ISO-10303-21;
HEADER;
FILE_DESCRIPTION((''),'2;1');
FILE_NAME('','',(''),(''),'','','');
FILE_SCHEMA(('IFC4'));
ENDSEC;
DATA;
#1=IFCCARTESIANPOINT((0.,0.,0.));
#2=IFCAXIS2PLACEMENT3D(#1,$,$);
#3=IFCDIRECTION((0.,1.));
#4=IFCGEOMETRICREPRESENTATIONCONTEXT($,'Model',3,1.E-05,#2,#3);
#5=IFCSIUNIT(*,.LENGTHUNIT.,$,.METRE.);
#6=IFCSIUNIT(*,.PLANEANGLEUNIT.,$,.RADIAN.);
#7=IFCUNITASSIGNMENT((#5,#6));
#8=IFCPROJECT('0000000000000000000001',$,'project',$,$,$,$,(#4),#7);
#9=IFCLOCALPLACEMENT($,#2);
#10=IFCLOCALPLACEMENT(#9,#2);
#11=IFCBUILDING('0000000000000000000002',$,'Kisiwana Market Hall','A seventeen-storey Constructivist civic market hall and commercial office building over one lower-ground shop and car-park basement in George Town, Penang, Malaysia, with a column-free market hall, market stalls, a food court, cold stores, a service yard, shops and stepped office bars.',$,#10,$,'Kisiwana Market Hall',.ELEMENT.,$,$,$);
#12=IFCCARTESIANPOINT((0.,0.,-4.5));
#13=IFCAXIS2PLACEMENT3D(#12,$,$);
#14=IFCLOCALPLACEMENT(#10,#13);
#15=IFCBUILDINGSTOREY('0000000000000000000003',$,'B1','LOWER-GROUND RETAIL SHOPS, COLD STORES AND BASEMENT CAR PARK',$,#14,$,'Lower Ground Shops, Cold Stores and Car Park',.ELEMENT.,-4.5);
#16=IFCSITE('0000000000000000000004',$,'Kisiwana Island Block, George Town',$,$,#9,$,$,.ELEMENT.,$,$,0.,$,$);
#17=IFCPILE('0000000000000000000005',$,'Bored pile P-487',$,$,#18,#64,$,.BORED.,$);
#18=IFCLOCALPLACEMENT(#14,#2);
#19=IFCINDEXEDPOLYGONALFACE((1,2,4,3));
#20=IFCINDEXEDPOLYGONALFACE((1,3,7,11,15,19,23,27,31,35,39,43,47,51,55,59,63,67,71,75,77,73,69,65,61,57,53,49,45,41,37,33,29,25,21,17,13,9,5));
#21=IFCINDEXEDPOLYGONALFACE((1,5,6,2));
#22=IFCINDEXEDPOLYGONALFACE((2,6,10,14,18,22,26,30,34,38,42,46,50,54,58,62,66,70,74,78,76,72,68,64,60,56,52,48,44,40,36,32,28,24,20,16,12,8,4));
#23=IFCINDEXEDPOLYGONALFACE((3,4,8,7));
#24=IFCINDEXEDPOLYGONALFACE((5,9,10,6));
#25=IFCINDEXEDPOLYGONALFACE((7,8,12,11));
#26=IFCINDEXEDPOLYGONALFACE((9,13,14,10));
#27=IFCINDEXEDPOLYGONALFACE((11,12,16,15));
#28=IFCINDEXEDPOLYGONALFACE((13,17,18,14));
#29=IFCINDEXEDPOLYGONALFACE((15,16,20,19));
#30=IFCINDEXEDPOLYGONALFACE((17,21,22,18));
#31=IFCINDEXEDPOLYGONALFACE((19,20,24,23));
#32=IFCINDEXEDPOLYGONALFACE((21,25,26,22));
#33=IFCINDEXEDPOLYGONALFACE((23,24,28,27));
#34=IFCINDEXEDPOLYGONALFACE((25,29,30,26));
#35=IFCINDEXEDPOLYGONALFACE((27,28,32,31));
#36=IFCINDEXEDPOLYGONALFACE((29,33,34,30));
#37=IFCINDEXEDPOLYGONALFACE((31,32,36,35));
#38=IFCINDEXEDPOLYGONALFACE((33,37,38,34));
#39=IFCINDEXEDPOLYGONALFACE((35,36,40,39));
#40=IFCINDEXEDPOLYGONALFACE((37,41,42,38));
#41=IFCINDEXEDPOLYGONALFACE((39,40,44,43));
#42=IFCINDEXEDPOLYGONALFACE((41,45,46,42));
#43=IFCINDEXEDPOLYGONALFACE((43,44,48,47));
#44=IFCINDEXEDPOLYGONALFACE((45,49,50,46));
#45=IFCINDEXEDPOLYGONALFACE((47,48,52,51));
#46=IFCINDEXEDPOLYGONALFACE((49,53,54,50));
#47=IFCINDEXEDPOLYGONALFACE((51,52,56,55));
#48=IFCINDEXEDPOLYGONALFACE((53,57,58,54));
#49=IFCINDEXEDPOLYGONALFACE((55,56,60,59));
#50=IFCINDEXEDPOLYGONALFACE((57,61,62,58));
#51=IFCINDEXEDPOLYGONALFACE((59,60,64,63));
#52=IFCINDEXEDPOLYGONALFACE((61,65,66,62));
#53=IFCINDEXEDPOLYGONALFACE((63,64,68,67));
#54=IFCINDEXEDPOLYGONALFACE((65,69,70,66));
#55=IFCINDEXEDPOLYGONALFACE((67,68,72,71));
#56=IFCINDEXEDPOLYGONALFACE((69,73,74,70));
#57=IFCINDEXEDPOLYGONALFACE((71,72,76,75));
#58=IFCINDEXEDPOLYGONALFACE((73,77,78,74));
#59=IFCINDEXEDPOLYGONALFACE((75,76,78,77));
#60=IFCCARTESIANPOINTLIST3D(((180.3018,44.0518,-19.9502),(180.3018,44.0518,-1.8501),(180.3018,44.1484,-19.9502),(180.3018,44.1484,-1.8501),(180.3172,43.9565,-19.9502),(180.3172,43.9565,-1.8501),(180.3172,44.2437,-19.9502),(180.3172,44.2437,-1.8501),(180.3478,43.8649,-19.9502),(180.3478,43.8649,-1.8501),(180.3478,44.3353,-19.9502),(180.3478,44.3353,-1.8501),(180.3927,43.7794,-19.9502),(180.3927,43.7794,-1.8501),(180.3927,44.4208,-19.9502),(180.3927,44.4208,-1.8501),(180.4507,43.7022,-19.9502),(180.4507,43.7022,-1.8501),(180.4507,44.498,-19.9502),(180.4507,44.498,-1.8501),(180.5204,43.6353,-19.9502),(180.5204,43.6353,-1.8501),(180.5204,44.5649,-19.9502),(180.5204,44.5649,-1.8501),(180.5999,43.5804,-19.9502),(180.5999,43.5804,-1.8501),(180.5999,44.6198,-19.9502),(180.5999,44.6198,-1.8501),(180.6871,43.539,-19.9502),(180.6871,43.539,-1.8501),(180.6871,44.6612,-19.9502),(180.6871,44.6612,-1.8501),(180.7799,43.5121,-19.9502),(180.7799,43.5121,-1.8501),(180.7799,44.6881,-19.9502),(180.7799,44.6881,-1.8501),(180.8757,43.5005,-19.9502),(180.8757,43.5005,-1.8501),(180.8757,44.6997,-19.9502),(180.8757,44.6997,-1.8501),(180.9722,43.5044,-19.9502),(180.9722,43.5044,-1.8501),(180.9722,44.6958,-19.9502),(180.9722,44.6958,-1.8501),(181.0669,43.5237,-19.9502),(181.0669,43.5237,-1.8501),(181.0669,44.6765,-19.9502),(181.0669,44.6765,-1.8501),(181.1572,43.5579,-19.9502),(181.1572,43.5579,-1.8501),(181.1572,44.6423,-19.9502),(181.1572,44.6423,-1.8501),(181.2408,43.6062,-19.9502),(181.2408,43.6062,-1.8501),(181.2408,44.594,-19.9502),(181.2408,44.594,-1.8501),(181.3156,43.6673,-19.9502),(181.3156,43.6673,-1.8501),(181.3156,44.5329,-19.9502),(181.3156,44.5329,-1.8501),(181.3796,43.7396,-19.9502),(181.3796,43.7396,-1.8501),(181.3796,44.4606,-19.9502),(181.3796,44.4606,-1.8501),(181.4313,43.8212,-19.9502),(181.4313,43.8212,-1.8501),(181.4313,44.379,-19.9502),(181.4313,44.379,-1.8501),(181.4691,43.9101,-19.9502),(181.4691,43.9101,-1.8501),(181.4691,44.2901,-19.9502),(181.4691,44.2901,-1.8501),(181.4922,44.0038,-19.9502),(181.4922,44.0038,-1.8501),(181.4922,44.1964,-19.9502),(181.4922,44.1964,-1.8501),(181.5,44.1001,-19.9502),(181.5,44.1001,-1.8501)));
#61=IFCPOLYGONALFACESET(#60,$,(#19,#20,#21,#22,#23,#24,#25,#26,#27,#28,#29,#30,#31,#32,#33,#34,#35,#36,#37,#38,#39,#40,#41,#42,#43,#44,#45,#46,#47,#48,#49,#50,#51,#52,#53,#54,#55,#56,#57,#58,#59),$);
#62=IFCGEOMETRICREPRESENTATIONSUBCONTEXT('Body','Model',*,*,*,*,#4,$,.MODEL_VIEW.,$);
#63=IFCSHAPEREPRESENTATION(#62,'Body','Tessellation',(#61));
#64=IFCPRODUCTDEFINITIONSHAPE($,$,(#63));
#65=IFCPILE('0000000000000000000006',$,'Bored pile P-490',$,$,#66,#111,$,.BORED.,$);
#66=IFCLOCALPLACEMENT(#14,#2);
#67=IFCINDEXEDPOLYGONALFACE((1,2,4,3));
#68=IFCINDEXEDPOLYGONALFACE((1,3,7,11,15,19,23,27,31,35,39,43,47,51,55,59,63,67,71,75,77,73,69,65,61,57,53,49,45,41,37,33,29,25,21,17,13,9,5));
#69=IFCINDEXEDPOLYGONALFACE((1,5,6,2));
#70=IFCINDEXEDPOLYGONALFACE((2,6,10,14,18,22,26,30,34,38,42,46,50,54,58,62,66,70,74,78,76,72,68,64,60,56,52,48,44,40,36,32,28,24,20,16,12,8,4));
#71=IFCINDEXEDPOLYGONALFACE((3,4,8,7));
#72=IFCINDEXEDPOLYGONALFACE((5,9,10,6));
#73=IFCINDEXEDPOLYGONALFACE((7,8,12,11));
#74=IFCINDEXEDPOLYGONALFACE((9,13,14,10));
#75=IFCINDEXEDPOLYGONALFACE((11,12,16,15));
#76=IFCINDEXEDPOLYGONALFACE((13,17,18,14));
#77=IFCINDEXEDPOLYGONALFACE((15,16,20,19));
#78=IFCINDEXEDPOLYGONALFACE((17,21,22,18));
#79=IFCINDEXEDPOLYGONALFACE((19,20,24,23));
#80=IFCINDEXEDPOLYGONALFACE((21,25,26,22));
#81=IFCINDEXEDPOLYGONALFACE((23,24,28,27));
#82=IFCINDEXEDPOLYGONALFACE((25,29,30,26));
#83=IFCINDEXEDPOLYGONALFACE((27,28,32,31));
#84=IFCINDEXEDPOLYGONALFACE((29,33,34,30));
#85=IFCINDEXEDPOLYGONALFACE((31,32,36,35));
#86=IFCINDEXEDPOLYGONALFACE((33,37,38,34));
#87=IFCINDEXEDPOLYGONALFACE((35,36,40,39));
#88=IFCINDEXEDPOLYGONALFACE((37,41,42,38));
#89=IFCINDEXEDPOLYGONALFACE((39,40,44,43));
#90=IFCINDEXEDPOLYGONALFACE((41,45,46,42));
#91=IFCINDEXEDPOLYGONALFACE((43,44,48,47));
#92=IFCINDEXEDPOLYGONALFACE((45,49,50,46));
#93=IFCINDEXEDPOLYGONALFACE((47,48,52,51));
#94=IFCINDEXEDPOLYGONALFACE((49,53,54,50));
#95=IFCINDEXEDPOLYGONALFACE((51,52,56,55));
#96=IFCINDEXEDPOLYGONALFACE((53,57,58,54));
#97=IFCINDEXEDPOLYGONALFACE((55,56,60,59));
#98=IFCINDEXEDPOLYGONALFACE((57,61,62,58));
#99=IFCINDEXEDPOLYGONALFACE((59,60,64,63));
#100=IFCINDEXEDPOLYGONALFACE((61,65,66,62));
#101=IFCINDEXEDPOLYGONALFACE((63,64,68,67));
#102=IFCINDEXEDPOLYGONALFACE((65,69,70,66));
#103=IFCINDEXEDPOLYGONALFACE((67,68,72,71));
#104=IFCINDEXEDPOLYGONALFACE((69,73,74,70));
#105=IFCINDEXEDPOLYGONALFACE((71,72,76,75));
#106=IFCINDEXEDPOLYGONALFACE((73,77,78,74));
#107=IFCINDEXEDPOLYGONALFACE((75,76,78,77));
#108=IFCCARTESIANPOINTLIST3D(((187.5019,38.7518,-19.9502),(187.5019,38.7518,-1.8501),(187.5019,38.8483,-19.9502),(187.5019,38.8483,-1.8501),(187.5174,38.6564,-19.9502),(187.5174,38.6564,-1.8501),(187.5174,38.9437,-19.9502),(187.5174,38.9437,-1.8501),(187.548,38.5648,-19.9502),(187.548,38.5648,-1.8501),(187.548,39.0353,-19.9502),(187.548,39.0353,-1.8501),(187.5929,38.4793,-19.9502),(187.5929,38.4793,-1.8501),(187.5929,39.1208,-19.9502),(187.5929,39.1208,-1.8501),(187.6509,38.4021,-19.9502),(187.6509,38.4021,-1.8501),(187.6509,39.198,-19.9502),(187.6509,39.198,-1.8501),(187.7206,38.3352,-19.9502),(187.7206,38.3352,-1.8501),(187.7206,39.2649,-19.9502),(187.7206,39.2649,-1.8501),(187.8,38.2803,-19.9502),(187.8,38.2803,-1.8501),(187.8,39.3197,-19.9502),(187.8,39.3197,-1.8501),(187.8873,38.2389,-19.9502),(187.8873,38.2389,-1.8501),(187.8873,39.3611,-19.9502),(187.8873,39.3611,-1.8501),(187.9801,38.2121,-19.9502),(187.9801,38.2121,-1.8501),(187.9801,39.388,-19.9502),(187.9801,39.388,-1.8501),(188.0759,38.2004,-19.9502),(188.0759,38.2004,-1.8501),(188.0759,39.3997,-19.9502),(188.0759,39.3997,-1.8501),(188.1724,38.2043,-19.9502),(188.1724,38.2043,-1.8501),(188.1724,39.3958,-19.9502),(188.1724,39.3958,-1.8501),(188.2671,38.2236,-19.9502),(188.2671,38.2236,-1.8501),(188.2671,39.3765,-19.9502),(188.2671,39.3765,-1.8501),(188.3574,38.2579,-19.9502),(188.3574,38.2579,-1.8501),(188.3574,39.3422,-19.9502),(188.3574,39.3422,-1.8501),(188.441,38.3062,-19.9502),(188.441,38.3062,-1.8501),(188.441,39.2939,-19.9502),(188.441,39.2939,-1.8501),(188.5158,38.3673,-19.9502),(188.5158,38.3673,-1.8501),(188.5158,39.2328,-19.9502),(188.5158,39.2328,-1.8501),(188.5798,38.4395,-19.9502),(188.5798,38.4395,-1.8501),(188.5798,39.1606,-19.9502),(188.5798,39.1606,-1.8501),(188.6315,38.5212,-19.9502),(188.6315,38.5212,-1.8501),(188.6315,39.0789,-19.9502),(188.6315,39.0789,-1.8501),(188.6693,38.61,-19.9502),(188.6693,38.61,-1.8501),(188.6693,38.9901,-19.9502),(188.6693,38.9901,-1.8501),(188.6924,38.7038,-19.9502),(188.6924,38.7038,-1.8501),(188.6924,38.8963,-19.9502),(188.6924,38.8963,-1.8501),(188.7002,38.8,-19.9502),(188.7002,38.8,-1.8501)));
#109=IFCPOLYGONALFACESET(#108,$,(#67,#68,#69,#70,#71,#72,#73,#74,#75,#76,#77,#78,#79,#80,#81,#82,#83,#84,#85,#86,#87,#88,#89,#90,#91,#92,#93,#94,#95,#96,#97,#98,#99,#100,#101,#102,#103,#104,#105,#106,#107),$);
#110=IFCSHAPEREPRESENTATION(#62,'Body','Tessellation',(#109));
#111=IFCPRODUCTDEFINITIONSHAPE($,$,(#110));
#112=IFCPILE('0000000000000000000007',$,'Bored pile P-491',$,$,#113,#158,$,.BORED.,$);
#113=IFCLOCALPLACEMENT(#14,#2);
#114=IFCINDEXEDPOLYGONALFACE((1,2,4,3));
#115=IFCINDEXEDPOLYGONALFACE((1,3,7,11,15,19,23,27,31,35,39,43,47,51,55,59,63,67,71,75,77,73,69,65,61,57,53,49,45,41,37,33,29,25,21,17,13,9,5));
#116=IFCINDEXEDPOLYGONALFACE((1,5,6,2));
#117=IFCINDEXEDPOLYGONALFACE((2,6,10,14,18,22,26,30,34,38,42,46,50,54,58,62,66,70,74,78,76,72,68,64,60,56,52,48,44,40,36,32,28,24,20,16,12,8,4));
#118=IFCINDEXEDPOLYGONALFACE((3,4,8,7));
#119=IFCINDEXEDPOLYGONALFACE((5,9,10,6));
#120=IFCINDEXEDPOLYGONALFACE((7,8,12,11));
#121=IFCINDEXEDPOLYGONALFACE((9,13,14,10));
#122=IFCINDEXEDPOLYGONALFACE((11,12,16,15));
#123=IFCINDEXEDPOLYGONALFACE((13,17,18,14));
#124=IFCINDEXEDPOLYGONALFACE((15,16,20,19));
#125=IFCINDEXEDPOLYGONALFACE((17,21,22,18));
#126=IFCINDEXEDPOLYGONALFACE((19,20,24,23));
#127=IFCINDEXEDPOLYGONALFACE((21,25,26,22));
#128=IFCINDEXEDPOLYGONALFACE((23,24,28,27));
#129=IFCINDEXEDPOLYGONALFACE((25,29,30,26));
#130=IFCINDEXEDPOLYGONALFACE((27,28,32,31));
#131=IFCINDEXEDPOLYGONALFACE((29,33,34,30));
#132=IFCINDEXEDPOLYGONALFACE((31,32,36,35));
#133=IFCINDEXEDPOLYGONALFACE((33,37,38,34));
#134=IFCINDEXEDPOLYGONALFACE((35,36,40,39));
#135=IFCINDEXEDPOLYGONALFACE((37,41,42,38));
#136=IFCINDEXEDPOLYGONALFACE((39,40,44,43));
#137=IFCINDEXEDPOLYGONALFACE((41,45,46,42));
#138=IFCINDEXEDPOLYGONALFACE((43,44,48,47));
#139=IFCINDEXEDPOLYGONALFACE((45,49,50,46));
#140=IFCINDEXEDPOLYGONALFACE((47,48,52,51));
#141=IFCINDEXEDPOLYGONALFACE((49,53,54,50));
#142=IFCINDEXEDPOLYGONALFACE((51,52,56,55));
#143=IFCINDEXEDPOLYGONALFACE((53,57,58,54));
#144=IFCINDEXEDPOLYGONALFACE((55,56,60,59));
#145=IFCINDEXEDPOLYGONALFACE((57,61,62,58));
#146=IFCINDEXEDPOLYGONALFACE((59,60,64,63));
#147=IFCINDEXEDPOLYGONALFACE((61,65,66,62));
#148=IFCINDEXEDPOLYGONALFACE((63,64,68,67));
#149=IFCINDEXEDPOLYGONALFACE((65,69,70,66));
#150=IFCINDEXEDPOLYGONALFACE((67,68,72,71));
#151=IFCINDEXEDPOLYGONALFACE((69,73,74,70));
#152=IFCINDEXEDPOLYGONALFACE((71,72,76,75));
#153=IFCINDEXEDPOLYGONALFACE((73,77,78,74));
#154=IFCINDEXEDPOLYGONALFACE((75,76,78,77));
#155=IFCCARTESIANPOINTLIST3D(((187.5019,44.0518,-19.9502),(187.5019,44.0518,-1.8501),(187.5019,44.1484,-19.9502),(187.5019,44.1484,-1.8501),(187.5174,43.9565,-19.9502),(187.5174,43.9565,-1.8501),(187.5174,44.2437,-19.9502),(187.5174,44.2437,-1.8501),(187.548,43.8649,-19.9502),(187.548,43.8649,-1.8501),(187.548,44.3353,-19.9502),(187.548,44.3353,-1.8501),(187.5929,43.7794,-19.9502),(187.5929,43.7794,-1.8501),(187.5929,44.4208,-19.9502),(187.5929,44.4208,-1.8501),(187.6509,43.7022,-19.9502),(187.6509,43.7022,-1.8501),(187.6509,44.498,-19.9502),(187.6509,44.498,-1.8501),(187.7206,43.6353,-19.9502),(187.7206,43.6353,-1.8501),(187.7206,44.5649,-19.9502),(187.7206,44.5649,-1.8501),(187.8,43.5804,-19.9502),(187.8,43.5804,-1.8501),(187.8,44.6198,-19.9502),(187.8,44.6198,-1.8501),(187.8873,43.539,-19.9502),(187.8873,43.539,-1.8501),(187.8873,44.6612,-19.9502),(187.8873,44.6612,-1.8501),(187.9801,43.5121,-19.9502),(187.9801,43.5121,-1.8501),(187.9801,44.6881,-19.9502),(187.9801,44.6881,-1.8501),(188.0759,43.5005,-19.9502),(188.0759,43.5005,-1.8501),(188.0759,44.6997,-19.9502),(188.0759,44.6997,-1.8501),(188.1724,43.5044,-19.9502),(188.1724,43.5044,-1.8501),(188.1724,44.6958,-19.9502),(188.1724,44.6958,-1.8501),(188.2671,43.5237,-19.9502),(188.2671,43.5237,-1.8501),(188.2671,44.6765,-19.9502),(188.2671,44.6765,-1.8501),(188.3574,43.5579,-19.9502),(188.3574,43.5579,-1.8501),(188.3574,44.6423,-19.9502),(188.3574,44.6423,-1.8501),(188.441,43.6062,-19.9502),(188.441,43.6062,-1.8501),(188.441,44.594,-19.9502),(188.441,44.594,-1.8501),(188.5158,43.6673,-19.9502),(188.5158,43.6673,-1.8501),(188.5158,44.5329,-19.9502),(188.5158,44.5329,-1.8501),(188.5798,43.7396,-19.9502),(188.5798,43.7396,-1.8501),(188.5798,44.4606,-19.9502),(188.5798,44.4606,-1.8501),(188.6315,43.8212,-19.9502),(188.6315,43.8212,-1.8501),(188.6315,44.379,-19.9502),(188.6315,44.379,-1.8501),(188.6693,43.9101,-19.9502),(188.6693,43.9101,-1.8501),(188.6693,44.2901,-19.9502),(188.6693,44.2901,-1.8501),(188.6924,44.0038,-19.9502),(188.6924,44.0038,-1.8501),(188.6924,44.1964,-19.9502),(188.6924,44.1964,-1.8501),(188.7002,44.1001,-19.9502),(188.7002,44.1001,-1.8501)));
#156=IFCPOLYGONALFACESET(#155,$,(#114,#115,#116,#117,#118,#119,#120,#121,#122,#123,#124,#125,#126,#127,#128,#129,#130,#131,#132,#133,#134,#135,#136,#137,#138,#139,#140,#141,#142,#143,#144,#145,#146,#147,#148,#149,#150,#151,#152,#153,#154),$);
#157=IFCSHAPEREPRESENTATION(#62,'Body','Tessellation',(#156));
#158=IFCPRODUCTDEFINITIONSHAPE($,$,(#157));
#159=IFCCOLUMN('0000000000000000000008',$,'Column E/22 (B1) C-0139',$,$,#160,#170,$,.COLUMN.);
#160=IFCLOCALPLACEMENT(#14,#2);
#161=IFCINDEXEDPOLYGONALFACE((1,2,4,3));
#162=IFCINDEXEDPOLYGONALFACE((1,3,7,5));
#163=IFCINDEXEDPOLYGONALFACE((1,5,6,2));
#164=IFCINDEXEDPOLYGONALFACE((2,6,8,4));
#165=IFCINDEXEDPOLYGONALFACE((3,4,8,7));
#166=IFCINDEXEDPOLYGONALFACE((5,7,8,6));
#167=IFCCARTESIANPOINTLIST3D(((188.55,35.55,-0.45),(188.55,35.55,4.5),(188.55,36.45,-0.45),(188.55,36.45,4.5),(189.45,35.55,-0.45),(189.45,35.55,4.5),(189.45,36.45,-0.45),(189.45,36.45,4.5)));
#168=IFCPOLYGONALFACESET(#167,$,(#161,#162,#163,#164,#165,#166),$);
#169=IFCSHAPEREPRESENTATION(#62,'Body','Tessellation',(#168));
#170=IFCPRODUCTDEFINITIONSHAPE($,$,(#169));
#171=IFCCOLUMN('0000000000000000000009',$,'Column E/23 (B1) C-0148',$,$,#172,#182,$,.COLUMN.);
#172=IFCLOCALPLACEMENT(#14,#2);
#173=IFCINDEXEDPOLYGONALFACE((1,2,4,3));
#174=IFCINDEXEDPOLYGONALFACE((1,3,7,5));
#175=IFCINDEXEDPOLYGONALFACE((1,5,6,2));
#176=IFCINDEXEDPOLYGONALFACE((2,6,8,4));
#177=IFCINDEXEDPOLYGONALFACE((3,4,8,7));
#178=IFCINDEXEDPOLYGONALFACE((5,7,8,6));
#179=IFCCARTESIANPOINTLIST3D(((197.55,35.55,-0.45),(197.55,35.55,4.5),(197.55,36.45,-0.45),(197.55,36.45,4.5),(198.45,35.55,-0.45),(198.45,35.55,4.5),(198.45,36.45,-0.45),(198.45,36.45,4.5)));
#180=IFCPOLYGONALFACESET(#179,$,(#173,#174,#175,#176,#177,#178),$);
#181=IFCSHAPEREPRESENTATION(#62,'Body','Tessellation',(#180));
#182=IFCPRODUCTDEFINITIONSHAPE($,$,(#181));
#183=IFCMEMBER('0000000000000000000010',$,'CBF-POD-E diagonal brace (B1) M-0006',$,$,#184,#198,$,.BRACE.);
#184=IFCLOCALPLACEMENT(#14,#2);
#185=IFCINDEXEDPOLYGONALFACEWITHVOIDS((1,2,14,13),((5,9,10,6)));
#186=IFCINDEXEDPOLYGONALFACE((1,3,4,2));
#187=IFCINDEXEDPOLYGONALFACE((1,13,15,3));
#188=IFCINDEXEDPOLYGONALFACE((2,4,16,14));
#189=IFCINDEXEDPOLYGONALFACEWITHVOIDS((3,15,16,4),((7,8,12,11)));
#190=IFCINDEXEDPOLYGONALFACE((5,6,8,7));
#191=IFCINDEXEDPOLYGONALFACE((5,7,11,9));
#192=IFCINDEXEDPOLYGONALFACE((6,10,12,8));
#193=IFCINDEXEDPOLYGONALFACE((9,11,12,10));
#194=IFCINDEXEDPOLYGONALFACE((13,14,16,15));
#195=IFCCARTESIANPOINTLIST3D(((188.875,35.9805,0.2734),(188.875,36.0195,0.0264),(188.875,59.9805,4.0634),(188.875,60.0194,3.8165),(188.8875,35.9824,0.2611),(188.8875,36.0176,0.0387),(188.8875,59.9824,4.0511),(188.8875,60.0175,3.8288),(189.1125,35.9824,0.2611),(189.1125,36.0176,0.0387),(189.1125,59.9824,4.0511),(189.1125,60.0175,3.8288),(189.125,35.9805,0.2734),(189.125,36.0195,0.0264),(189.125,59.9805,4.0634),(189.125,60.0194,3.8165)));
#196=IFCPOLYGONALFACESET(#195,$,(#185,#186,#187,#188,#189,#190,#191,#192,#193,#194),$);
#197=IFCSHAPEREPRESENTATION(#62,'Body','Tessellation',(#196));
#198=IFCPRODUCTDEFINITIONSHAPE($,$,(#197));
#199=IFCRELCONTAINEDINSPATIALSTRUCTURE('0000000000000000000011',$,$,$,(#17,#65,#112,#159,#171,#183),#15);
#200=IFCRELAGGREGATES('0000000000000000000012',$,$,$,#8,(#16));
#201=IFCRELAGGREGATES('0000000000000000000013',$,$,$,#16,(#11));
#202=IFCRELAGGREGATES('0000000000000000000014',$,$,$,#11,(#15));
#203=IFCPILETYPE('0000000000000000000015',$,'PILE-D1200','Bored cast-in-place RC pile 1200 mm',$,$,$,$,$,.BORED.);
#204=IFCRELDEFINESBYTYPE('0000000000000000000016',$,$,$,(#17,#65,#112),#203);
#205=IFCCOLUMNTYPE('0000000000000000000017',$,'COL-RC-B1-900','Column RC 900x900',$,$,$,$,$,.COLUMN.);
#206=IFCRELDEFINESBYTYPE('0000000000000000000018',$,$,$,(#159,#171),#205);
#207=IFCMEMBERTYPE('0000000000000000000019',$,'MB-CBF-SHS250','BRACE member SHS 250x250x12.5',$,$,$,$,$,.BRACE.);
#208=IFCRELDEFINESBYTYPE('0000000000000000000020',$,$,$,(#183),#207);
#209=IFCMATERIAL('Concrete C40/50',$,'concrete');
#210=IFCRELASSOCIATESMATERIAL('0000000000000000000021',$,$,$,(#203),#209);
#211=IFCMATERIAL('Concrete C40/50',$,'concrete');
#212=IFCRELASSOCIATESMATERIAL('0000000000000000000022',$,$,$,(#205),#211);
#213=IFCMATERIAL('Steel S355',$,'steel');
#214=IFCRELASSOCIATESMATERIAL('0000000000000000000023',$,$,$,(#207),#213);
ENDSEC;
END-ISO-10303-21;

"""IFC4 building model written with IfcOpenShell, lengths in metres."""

from ifc_helpers import new_model, si_unit, direction, frame, origin, origin_2d, place, context, subcontext, project, spatial, rectangle, hollow_rectangle, circle, extrude, material, material_profile, profile_set, type_object, element, save


model = new_model("IFC4")

# Units and contexts
model_context = context("Model", 3, precision=1e-05, world=origin(), true_north=direction((0.0, 1.0)))
body_context = subcontext(model_context, "Body", "Model", "MODEL_VIEW")
ifc_project = project(units=[si_unit("LENGTHUNIT", "METRE"), si_unit("PLANEANGLEUNIT", "RADIAN")], contexts=[model_context])

# Site, building, storey
site_placement = place(None, origin())
site = spatial("IfcSite", under=ifc_project, at=site_placement, Name="Kisiwana Island Block, George Town", CompositionType="ELEMENT", RefElevation=0.0)
building_placement = place(site_placement, origin())
building = spatial("IfcBuilding", under=site, at=building_placement, Name="Kisiwana Market Hall", Description="A seventeen-storey Constructivist civic market hall and commercial office building over one lower-ground shop and car-park basement in George Town, Penang, Malaysia, with a column-free market hall, market stalls, a food court, cold stores, a service yard, shops and stepped office bars.", LongName="Kisiwana Market Hall", CompositionType="ELEMENT")
storey_placement = place(building_placement, frame((0.0, 0.0, -4.5)))
storey = spatial("IfcBuildingStorey", under=building, at=storey_placement, Name="B1", Description="LOWER-GROUND RETAIL SHOPS, COLD STORES AND BASEMENT CAR PARK", LongName="Lower Ground Shops, Cold Stores and Car Park", CompositionType="ELEMENT", Elevation=-4.5)

# Piles
ifc_material_1 = material(Name="Concrete C40/50", Category="concrete")
ifc_material_profile_1 = material_profile(ifc_material_1, circle(Radius=0.6001, at=origin_2d()), Name="BP D1200")
ifc_profile_set_1 = profile_set([ifc_material_profile_1], Name="Concrete C40/50")
pile_type_1 = type_object("IfcPileType", Name="PILE-D1200", Description="Bored cast-in-place RC pile 1200 mm", PredefinedType="BORED", material=ifc_profile_set_1)
for number, where, z_axis, x_axis, name in (
    (1, (180.8999, 44.1001, -1.8501), (0.0, 0.0, -1.0), (1.0, 0.0, 0.0), "Bored pile P-487"),
    (2, (188.1001, 38.8, -1.8501), (0.0, 0.0, -1.0), (1.0, 0.0, 0.0), "Bored pile P-490"),
    (3, (188.1001, 44.1001, -1.8501), (0.0, 0.0, -1.0), (1.0, 0.0, 0.0), "Bored pile P-491"),
):
    element("IfcPile", number, at=place(storey_placement, frame(where, z_axis=z_axis, x_axis=x_axis)), inside=storey, type_object=pile_type_1, Name=name, PredefinedType="BORED", context=body_context, shape_type="SweptSolid", body=[
        extrude(circle(Radius=0.6001, at=origin_2d()), origin(), (0.0, 0.0, 1.0), 18.1001),
    ])

# Columns
ifc_material_2 = material(Name="Concrete C40/50", Category="concrete")
ifc_material_profile_2 = material_profile(ifc_material_2, rectangle(XDim=0.8999, YDim=0.8999, at=origin_2d()), Name="RC 900x900")
ifc_profile_set_2 = profile_set([ifc_material_profile_2], Name="Concrete C40/50")
column_type = type_object("IfcColumnType", Name="COL-RC-B1-900", Description="Column RC 900x900", PredefinedType="COLUMN", material=ifc_profile_set_2)
for number, where, z_axis, x_axis, name in (
    (4, (189.0, 36.0, -0.45), (0.0, 0.0, 1.0), (1.0, 0.0, 0.0), "Column E/22 (B1) C-0139"),
    (5, (198.0, 36.0, -0.45), (0.0, 0.0, 1.0), (1.0, 0.0, 0.0), "Column E/23 (B1) C-0148"),
):
    element("IfcColumn", number, at=place(storey_placement, frame(where, z_axis=z_axis, x_axis=x_axis)), inside=storey, type_object=column_type, Name=name, PredefinedType="COLUMN", context=body_context, shape_type="SweptSolid", body=[
        extrude(rectangle(XDim=0.8999, YDim=0.8999, at=origin_2d()), origin(), (0.0, 0.0, 1.0), 4.95),
    ])

# Member
ifc_material_3 = material(Name="Steel S355", Category="steel")
ifc_material_profile_3 = material_profile(ifc_material_3, hollow_rectangle(XDim=0.25, YDim=0.25, WallThickness=0.0125, at=origin_2d()), Name="SHS 250x250x12.5")
ifc_profile_set_3 = profile_set([ifc_material_profile_3], Name="Steel S355")
member_type = type_object("IfcMemberType", Name="MB-CBF-SHS250", Description="BRACE member SHS 250x250x12.5", PredefinedType="BRACE", material=ifc_profile_set_3)
member_placement = place(storey_placement, frame((189.0, 36.0, 0.1499), z_axis=(0.0, 0.987759, 0.155985), x_axis=(-1.0, 0.0, 0.0)))
element("IfcMember", 6, at=member_placement, inside=storey, type_object=member_type, Name="CBF-POD-E diagonal brace (B1) M-0006", PredefinedType="BRACE", context=body_context, shape_type="SweptSolid", body=[
    extrude(hollow_rectangle(XDim=0.25, YDim=0.25, WallThickness=0.0125, at=origin_2d()), origin(), (0.0, 0.0, 1.0), 24.2974),
])

save(model, "model.ifc")
